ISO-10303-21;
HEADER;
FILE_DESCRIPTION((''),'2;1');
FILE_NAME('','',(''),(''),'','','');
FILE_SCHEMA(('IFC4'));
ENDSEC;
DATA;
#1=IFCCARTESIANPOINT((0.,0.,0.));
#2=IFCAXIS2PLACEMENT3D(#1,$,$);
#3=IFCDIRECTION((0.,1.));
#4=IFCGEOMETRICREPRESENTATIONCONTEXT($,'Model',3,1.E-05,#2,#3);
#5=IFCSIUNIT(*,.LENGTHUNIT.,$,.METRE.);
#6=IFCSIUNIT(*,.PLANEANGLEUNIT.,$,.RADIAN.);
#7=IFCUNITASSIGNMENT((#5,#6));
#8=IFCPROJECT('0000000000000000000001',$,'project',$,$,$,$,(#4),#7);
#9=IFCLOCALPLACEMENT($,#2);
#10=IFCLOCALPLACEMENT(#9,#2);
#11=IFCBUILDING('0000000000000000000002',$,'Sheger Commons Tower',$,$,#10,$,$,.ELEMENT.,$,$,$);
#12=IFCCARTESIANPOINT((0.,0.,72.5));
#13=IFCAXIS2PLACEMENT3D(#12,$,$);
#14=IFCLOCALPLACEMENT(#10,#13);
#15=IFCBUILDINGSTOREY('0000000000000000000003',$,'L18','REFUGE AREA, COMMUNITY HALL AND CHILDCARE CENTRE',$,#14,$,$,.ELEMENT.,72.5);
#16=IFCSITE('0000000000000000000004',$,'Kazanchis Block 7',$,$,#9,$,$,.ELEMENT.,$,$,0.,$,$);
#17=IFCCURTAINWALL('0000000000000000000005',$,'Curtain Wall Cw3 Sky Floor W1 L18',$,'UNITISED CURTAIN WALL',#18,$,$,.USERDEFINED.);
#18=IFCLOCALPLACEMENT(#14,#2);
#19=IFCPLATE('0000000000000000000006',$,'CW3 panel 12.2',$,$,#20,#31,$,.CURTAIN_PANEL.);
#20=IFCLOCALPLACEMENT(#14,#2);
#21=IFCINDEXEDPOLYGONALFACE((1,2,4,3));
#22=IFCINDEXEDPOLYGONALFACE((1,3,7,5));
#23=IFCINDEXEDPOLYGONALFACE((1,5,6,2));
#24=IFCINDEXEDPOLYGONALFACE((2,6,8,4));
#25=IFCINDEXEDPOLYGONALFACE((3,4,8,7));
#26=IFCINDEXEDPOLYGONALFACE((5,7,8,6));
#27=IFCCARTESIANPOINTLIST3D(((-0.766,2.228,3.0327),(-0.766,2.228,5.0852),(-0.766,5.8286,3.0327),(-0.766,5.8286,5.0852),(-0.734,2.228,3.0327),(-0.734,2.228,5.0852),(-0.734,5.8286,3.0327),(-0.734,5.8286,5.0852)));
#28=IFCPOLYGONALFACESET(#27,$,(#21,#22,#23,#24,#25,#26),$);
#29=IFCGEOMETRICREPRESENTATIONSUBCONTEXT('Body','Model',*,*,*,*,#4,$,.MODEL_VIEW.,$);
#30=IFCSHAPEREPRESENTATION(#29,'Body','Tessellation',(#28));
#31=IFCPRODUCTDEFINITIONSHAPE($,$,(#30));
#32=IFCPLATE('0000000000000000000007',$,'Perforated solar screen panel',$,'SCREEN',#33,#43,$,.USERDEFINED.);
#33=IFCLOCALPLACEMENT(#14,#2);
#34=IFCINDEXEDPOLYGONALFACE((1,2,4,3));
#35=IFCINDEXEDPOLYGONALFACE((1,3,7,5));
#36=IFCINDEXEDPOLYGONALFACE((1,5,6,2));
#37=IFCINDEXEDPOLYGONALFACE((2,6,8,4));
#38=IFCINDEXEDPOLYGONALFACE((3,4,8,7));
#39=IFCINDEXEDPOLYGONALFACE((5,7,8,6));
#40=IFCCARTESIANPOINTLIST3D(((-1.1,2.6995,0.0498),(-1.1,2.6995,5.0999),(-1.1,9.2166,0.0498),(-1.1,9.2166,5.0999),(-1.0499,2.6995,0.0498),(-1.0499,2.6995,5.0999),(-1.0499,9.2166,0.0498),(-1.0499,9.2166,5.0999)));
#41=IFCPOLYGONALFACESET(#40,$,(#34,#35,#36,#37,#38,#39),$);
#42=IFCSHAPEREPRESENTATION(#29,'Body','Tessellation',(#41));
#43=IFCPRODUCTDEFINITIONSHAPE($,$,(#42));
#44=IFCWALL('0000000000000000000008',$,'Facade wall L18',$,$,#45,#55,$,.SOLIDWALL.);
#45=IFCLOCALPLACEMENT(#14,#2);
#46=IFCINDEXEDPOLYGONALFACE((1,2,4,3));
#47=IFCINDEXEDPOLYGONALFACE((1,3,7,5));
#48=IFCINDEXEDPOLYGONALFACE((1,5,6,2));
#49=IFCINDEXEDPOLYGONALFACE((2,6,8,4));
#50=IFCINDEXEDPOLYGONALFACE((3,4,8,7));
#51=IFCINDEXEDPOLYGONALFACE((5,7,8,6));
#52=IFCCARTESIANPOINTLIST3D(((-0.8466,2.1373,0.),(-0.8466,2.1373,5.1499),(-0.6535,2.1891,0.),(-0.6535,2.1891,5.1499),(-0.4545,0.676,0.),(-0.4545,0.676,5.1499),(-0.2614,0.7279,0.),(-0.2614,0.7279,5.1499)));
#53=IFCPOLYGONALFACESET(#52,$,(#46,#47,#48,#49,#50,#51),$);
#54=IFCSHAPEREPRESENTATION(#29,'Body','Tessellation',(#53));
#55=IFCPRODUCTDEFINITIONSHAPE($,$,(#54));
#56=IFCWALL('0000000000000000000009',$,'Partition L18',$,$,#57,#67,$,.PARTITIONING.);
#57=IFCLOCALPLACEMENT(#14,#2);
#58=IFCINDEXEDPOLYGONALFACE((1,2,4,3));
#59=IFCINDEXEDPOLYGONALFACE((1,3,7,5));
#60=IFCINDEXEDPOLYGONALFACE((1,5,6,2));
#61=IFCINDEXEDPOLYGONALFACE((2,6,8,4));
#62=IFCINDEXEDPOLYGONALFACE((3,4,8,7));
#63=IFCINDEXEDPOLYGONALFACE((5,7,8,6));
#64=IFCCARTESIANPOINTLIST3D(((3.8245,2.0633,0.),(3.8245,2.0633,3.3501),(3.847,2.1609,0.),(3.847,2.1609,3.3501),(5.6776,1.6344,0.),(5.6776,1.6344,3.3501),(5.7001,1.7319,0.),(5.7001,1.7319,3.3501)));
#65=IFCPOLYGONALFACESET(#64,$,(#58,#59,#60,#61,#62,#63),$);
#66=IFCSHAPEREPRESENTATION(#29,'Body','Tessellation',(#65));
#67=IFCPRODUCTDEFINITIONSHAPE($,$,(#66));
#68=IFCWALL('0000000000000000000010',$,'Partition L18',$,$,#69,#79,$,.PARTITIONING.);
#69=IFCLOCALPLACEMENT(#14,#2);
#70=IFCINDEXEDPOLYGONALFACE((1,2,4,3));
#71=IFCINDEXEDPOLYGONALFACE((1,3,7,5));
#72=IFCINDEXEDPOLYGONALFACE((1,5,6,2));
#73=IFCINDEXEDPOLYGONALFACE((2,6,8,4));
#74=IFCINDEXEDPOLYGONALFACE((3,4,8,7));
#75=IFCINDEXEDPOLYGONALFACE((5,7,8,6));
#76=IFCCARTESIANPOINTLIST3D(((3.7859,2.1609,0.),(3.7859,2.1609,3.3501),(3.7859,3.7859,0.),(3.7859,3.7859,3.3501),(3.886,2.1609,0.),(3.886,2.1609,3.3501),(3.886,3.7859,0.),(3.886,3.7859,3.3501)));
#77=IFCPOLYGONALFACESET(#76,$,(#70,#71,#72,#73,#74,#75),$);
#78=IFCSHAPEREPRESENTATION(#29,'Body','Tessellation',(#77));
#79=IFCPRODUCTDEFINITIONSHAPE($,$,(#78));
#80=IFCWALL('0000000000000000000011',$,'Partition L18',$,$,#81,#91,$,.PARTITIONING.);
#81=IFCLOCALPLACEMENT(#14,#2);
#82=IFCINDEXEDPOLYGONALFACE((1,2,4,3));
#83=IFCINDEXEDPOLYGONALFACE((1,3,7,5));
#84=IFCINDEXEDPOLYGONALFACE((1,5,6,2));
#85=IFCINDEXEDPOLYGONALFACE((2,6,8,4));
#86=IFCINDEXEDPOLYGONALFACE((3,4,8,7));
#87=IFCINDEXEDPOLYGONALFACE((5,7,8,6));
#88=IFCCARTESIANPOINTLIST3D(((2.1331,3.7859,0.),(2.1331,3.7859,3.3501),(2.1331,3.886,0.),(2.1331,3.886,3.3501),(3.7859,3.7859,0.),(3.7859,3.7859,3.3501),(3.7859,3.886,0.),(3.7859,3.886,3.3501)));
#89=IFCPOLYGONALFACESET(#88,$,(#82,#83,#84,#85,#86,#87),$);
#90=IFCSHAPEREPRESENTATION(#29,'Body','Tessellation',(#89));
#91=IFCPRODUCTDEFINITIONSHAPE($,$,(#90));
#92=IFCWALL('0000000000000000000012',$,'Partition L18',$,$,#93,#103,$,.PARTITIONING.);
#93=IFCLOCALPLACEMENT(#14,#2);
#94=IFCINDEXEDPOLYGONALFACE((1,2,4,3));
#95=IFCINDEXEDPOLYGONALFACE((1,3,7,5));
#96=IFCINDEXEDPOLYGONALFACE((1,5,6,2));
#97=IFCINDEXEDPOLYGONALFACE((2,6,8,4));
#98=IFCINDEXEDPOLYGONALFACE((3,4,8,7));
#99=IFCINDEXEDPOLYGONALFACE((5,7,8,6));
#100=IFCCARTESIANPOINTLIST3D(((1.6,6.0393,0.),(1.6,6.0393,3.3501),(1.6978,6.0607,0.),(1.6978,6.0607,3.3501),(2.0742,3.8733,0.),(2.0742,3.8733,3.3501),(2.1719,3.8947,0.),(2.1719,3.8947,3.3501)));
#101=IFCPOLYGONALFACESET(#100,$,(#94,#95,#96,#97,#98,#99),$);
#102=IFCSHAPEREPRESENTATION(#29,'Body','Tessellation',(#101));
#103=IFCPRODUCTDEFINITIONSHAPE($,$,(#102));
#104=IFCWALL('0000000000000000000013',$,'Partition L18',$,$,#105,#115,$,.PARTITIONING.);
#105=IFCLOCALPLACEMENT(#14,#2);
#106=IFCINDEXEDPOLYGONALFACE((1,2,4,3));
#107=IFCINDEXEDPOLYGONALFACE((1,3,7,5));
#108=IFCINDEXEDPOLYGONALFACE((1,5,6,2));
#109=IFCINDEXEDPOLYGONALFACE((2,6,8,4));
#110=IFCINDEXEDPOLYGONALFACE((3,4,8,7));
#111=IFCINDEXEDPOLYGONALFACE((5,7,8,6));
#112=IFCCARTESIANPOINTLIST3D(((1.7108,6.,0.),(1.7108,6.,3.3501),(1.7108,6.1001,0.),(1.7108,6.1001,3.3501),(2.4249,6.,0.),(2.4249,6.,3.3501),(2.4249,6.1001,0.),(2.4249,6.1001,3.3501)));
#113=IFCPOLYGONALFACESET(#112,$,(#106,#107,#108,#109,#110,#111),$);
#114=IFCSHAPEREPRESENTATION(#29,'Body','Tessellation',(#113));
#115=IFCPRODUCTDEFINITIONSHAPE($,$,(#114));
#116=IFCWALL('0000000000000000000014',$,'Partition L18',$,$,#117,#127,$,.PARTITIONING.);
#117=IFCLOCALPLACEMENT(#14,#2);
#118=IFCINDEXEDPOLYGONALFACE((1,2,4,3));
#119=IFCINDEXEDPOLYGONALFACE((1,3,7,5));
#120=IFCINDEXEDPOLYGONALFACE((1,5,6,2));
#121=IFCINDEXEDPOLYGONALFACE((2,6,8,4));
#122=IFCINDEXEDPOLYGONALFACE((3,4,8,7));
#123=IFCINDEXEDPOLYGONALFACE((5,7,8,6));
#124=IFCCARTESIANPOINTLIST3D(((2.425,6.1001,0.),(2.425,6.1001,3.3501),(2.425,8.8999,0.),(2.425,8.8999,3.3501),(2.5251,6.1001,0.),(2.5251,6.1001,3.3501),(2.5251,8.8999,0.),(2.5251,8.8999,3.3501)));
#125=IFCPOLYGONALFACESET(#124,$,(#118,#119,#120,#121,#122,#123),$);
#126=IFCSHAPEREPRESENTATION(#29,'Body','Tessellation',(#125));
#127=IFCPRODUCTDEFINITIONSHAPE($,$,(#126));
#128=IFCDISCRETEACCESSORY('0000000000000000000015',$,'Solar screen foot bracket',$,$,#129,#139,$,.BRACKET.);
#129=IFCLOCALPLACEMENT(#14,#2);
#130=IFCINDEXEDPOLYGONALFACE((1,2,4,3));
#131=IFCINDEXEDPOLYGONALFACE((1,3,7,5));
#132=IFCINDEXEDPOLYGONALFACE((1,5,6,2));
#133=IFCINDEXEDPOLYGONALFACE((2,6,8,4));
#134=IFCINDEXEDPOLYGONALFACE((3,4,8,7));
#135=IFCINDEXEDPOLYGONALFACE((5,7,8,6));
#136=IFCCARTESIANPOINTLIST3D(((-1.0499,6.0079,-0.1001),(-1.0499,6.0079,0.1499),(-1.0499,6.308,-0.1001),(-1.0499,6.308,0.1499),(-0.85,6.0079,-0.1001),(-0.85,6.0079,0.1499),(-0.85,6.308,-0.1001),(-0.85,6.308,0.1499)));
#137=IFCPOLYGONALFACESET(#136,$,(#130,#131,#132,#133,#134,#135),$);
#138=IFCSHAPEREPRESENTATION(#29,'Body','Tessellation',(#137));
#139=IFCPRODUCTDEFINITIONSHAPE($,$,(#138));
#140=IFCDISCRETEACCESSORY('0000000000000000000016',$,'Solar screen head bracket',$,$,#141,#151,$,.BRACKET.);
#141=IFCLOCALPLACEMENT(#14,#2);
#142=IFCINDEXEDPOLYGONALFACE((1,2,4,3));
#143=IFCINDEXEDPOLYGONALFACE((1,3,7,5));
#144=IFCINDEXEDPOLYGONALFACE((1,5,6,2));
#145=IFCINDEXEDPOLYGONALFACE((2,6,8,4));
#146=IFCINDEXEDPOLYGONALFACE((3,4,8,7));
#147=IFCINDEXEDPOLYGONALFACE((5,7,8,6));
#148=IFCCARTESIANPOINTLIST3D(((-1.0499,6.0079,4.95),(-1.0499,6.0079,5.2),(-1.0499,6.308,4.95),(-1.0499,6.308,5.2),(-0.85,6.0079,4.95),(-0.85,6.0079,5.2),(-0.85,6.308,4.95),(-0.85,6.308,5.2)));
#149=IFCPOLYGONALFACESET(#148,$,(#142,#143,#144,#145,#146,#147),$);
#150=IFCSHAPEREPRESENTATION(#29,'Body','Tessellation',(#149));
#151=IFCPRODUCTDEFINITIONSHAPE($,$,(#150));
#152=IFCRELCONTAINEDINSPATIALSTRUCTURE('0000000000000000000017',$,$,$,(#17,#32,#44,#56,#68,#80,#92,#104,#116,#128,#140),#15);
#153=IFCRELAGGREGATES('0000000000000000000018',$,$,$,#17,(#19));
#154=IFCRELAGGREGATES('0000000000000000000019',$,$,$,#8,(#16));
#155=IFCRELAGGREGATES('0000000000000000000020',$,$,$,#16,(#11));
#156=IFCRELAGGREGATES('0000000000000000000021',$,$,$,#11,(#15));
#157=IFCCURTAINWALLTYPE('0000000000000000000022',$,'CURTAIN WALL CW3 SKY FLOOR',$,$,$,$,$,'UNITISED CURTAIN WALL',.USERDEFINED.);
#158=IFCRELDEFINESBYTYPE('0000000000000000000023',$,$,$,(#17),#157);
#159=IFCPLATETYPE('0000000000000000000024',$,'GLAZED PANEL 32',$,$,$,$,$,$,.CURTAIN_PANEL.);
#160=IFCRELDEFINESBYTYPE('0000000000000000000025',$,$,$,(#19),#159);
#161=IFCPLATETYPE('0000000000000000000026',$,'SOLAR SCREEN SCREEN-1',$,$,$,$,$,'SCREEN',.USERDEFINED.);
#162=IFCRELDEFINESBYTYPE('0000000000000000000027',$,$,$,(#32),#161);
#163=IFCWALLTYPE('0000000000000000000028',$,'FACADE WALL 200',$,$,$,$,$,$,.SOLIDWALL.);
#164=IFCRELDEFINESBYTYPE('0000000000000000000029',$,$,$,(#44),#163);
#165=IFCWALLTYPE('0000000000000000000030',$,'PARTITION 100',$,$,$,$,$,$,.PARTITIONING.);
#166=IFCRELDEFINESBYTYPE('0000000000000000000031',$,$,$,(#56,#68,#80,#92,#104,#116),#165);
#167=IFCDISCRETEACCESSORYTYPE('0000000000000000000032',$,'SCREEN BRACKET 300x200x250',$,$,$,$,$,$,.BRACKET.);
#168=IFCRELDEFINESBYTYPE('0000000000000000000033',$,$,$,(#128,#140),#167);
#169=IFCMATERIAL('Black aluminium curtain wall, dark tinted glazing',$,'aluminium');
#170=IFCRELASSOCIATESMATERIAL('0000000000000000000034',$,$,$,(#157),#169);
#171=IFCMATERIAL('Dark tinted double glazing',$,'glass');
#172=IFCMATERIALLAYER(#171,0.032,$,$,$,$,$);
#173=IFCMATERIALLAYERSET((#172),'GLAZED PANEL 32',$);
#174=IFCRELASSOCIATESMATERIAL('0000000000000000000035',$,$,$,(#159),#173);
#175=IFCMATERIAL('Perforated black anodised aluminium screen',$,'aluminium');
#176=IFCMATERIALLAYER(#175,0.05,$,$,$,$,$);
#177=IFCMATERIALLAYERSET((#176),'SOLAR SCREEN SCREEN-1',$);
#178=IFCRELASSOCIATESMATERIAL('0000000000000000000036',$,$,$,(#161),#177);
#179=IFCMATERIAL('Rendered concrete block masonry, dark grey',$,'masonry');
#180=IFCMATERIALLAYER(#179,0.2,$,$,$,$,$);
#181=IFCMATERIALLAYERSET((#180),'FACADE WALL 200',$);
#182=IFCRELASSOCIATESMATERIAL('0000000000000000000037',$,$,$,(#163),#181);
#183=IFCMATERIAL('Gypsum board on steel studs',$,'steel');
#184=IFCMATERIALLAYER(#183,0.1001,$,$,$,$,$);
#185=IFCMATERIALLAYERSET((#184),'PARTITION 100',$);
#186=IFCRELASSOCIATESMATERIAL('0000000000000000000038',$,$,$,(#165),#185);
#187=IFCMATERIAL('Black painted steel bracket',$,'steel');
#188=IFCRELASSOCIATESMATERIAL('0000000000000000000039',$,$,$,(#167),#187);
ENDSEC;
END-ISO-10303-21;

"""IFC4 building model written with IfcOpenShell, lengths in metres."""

from ifc_helpers import new_model, si_unit, direction, frame, frame_2d, origin, origin_2d, place, context, subcontext, project, spatial, rectangle, extrude, material, layer, layer_set, type_object, element, aggregate, save


model = new_model("IFC4")

# Units and contexts
model_context = context("Model", 3, precision=1e-05, world=origin(), true_north=direction((0.0, 1.0)))
body_context = subcontext(model_context, "Body", "Model", "MODEL_VIEW")
ifc_project = project(units=[si_unit("LENGTHUNIT", "METRE"), si_unit("PLANEANGLEUNIT", "RADIAN")], contexts=[model_context])

# Site, building, storey
site_placement = place(None, origin())
site = spatial("IfcSite", under=ifc_project, at=site_placement, Name="Kazanchis Block 7", CompositionType="ELEMENT", RefElevation=0.0)
building_placement = place(site_placement, origin())
building = spatial("IfcBuilding", under=site, at=building_placement, Name="Sheger Commons Tower", CompositionType="ELEMENT")
storey_placement = place(building_placement, frame((0.0, 0.0, 72.5)))
storey = spatial("IfcBuildingStorey", under=building, at=storey_placement, Name="L18", Description="REFUGE AREA, COMMUNITY HALL AND CHILDCARE CENTRE", CompositionType="ELEMENT", Elevation=72.5)

# Curtain wall
ifc_material_1 = material(Name="Black aluminium curtain wall, dark tinted glazing", Category="aluminium")
curtain_wall_type = type_object("IfcCurtainWallType", Name="CURTAIN WALL CW3 SKY FLOOR", ElementType="UNITISED CURTAIN WALL", PredefinedType="USERDEFINED", material=ifc_material_1)
curtain_wall_placement = place(storey_placement, origin())
curtain_wall = element("IfcCurtainWall", 1, at=curtain_wall_placement, inside=storey, type_object=curtain_wall_type, Name="Curtain Wall Cw3 Sky Floor W1 L18", ObjectType="UNITISED CURTAIN WALL", PredefinedType="USERDEFINED")

# Plates
ifc_material_2 = material(Name="Dark tinted double glazing", Category="glass")
ifc_layer_1 = layer(ifc_material_2, 0.032)
ifc_layer_set_1 = layer_set([ifc_layer_1], Name="GLAZED PANEL 32")
plate_type_1 = type_object("IfcPlateType", Name="GLAZED PANEL 32", PredefinedType="CURTAIN_PANEL", material=ifc_layer_set_1)
plate_1_placement = place(storey_placement, frame((-0.75, 4.0283, 3.0327), z_axis=(0.0, 0.0, 1.0), x_axis=(0.0, -1.0, 0.0)))
plate_1 = element("IfcPlate", 2, at=plate_1_placement, type_object=plate_type_1, Name="CW3 panel 12.2", PredefinedType="CURTAIN_PANEL", context=body_context, shape_type="SweptSolid", body=[
    extrude(rectangle(XDim=3.6006, YDim=0.032, at=origin_2d()), origin(), (0.0, 0.0, 1.0), 2.0525),
])
aggregate(curtain_wall, [plate_1])
ifc_material_3 = material(Name="Perforated black anodised aluminium screen", Category="aluminium")
ifc_layer_2 = layer(ifc_material_3, 0.05)
ifc_layer_set_2 = layer_set([ifc_layer_2], Name="SOLAR SCREEN SCREEN-1")
plate_type_2 = type_object("IfcPlateType", Name="SOLAR SCREEN SCREEN-1", ElementType="SCREEN", PredefinedType="USERDEFINED", material=ifc_layer_set_2)
plate_2_placement = place(storey_placement, frame((-1.075, 5.958, 0.0498), z_axis=(0.0, 0.0, 1.0), x_axis=(0.0, -1.0, 0.0)))
element("IfcPlate", 3, at=plate_2_placement, inside=storey, type_object=plate_type_2, Name="Perforated solar screen panel", ObjectType="SCREEN", PredefinedType="USERDEFINED", context=body_context, shape_type="SweptSolid", body=[
    extrude(rectangle(XDim=6.5171, YDim=0.05, at=origin_2d()), origin(), (0.0, 0.0, 1.0), 5.05),
])

# Walls
ifc_material_4 = material(Name="Rendered concrete block masonry, dark grey", Category="masonry")
ifc_layer_3 = layer(ifc_material_4, 0.2)
ifc_layer_set_3 = layer_set([ifc_layer_3], Name="FACADE WALL 200")
wall_type_1 = type_object("IfcWallType", Name="FACADE WALL 200", PredefinedType="SOLIDWALL", material=ifc_layer_set_3)
wall_1_placement = place(storey_placement, frame((-0.75, 2.1631, 0.0), z_axis=(0.0, 0.0, 1.0), x_axis=(0.259169, -0.965832, 0.0)))
element("IfcWall", 4, at=wall_1_placement, inside=storey, type_object=wall_type_1, Name="Facade wall L18", PredefinedType="SOLIDWALL", context=body_context, shape_type="SweptSolid", body=[
    extrude(rectangle(XDim=1.5129, YDim=0.2, at=frame_2d((0.7563, 0.0))), origin(), (0.0, 0.0, 1.0), 5.1499),
])
ifc_material_5 = material(Name="Gypsum board on steel studs", Category="steel")
ifc_layer_4 = layer(ifc_material_5, 0.1001)
ifc_layer_set_4 = layer_set([ifc_layer_4], Name="PARTITION 100")
wall_type_2 = type_object("IfcWallType", Name="PARTITION 100", PredefinedType="PARTITIONING", material=ifc_layer_set_4)
wall_2_placement = place(storey_placement, frame((5.689, 1.6831, 0.0), z_axis=(0.0, 0.0, 1.0), x_axis=(-0.974237, 0.225525, 0.0)))
element("IfcWall", 5, at=wall_2_placement, inside=storey, type_object=wall_type_2, Name="Partition L18", PredefinedType="PARTITIONING", context=body_context, shape_type="SweptSolid", body=[
    extrude(rectangle(XDim=1.9021, YDim=0.1001, at=frame_2d((0.9512, 0.0))), origin(), (0.0, 0.0, 1.0), 3.3501),
])
wall_3_placement = place(storey_placement, frame((3.8359, 2.1609, 0.0), z_axis=(0.0, 0.0, 1.0), x_axis=(0.0, 1.0, 0.0)))
element("IfcWall", 6, at=wall_3_placement, inside=storey, type_object=wall_type_2, Name="Partition L18", PredefinedType="PARTITIONING", context=body_context, shape_type="SweptSolid", body=[
    extrude(rectangle(XDim=1.625, YDim=0.1001, at=frame_2d((0.8125, 0.0))), origin(), (0.0, 0.0, 1.0), 3.3501),
])
wall_4_placement = place(storey_placement, frame((3.7859, 3.8359, 0.0), z_axis=(0.0, 0.0, 1.0), x_axis=(-1.0, 0.0, 0.0)))
element("IfcWall", 7, at=wall_4_placement, inside=storey, type_object=wall_type_2, Name="Partition L18", PredefinedType="PARTITIONING", context=body_context, shape_type="SweptSolid", body=[
    extrude(rectangle(XDim=1.6528, YDim=0.1001, at=frame_2d((0.8264, 0.0))), origin(), (0.0, 0.0, 1.0), 3.3501),
])
wall_5_placement = place(storey_placement, frame((2.123, 3.884, 0.0), z_axis=(0.0, 0.0, 1.0), x_axis=(-0.213828, 0.976871, 0.0)))
element("IfcWall", 8, at=wall_5_placement, inside=storey, type_object=wall_type_2, Name="Partition L18", PredefinedType="PARTITIONING", context=body_context, shape_type="SweptSolid", body=[
    extrude(rectangle(XDim=2.2173, YDim=0.1001, at=frame_2d((1.1086, 0.0))), origin(), (0.0, 0.0, 1.0), 3.3501),
])
wall_6_placement = place(storey_placement, frame((1.7109, 6.05, 0.0), z_axis=(0.0, 0.0, 1.0), x_axis=(1.0, 0.0, 0.0)))
element("IfcWall", 9, at=wall_6_placement, inside=storey, type_object=wall_type_2, Name="Partition L18", PredefinedType="PARTITIONING", context=body_context, shape_type="SweptSolid", body=[
    extrude(rectangle(XDim=0.7141, YDim=0.1001, at=frame_2d((0.3569, 0.0))), origin(), (0.0, 0.0, 1.0), 3.3501),
])
wall_7_placement = place(storey_placement, frame((2.4751, 6.1001, 0.0), z_axis=(0.0, 0.0, 1.0), x_axis=(0.0, 1.0, 0.0)))
element("IfcWall", 10, at=wall_7_placement, inside=storey, type_object=wall_type_2, Name="Partition L18", PredefinedType="PARTITIONING", context=body_context, shape_type="SweptSolid", body=[
    extrude(rectangle(XDim=2.7998, YDim=0.1001, at=frame_2d((1.3999, 0.0))), origin(), (0.0, 0.0, 1.0), 3.3501),
])

# Discrete accessories
ifc_material_6 = material(Name="Black painted steel bracket", Category="steel")
discrete_accessory_type = type_object("IfcDiscreteAccessoryType", Name="SCREEN BRACKET 300x200x250", PredefinedType="BRACKET", material=ifc_material_6)
for number, where, z_axis, x_axis, name in (
    (11, (-0.95, 6.158, -0.1001), (0.0, 0.0, 1.0), (0.0, -1.0, 0.0), "Solar screen foot bracket"),
    (12, (-0.95, 6.158, 4.95), (0.0, 0.0, 1.0), (0.0, -1.0, 0.0), "Solar screen head bracket"),
):
    element("IfcDiscreteAccessory", number, at=place(storey_placement, frame(where, z_axis=z_axis, x_axis=x_axis)), inside=storey, type_object=discrete_accessory_type, Name=name, PredefinedType="BRACKET", context=body_context, shape_type="SweptSolid", body=[
        extrude(rectangle(XDim=0.3, YDim=0.2, at=origin_2d()), origin(), (0.0, 0.0, 1.0), 0.25),
    ])

save(model, "model.ifc")
